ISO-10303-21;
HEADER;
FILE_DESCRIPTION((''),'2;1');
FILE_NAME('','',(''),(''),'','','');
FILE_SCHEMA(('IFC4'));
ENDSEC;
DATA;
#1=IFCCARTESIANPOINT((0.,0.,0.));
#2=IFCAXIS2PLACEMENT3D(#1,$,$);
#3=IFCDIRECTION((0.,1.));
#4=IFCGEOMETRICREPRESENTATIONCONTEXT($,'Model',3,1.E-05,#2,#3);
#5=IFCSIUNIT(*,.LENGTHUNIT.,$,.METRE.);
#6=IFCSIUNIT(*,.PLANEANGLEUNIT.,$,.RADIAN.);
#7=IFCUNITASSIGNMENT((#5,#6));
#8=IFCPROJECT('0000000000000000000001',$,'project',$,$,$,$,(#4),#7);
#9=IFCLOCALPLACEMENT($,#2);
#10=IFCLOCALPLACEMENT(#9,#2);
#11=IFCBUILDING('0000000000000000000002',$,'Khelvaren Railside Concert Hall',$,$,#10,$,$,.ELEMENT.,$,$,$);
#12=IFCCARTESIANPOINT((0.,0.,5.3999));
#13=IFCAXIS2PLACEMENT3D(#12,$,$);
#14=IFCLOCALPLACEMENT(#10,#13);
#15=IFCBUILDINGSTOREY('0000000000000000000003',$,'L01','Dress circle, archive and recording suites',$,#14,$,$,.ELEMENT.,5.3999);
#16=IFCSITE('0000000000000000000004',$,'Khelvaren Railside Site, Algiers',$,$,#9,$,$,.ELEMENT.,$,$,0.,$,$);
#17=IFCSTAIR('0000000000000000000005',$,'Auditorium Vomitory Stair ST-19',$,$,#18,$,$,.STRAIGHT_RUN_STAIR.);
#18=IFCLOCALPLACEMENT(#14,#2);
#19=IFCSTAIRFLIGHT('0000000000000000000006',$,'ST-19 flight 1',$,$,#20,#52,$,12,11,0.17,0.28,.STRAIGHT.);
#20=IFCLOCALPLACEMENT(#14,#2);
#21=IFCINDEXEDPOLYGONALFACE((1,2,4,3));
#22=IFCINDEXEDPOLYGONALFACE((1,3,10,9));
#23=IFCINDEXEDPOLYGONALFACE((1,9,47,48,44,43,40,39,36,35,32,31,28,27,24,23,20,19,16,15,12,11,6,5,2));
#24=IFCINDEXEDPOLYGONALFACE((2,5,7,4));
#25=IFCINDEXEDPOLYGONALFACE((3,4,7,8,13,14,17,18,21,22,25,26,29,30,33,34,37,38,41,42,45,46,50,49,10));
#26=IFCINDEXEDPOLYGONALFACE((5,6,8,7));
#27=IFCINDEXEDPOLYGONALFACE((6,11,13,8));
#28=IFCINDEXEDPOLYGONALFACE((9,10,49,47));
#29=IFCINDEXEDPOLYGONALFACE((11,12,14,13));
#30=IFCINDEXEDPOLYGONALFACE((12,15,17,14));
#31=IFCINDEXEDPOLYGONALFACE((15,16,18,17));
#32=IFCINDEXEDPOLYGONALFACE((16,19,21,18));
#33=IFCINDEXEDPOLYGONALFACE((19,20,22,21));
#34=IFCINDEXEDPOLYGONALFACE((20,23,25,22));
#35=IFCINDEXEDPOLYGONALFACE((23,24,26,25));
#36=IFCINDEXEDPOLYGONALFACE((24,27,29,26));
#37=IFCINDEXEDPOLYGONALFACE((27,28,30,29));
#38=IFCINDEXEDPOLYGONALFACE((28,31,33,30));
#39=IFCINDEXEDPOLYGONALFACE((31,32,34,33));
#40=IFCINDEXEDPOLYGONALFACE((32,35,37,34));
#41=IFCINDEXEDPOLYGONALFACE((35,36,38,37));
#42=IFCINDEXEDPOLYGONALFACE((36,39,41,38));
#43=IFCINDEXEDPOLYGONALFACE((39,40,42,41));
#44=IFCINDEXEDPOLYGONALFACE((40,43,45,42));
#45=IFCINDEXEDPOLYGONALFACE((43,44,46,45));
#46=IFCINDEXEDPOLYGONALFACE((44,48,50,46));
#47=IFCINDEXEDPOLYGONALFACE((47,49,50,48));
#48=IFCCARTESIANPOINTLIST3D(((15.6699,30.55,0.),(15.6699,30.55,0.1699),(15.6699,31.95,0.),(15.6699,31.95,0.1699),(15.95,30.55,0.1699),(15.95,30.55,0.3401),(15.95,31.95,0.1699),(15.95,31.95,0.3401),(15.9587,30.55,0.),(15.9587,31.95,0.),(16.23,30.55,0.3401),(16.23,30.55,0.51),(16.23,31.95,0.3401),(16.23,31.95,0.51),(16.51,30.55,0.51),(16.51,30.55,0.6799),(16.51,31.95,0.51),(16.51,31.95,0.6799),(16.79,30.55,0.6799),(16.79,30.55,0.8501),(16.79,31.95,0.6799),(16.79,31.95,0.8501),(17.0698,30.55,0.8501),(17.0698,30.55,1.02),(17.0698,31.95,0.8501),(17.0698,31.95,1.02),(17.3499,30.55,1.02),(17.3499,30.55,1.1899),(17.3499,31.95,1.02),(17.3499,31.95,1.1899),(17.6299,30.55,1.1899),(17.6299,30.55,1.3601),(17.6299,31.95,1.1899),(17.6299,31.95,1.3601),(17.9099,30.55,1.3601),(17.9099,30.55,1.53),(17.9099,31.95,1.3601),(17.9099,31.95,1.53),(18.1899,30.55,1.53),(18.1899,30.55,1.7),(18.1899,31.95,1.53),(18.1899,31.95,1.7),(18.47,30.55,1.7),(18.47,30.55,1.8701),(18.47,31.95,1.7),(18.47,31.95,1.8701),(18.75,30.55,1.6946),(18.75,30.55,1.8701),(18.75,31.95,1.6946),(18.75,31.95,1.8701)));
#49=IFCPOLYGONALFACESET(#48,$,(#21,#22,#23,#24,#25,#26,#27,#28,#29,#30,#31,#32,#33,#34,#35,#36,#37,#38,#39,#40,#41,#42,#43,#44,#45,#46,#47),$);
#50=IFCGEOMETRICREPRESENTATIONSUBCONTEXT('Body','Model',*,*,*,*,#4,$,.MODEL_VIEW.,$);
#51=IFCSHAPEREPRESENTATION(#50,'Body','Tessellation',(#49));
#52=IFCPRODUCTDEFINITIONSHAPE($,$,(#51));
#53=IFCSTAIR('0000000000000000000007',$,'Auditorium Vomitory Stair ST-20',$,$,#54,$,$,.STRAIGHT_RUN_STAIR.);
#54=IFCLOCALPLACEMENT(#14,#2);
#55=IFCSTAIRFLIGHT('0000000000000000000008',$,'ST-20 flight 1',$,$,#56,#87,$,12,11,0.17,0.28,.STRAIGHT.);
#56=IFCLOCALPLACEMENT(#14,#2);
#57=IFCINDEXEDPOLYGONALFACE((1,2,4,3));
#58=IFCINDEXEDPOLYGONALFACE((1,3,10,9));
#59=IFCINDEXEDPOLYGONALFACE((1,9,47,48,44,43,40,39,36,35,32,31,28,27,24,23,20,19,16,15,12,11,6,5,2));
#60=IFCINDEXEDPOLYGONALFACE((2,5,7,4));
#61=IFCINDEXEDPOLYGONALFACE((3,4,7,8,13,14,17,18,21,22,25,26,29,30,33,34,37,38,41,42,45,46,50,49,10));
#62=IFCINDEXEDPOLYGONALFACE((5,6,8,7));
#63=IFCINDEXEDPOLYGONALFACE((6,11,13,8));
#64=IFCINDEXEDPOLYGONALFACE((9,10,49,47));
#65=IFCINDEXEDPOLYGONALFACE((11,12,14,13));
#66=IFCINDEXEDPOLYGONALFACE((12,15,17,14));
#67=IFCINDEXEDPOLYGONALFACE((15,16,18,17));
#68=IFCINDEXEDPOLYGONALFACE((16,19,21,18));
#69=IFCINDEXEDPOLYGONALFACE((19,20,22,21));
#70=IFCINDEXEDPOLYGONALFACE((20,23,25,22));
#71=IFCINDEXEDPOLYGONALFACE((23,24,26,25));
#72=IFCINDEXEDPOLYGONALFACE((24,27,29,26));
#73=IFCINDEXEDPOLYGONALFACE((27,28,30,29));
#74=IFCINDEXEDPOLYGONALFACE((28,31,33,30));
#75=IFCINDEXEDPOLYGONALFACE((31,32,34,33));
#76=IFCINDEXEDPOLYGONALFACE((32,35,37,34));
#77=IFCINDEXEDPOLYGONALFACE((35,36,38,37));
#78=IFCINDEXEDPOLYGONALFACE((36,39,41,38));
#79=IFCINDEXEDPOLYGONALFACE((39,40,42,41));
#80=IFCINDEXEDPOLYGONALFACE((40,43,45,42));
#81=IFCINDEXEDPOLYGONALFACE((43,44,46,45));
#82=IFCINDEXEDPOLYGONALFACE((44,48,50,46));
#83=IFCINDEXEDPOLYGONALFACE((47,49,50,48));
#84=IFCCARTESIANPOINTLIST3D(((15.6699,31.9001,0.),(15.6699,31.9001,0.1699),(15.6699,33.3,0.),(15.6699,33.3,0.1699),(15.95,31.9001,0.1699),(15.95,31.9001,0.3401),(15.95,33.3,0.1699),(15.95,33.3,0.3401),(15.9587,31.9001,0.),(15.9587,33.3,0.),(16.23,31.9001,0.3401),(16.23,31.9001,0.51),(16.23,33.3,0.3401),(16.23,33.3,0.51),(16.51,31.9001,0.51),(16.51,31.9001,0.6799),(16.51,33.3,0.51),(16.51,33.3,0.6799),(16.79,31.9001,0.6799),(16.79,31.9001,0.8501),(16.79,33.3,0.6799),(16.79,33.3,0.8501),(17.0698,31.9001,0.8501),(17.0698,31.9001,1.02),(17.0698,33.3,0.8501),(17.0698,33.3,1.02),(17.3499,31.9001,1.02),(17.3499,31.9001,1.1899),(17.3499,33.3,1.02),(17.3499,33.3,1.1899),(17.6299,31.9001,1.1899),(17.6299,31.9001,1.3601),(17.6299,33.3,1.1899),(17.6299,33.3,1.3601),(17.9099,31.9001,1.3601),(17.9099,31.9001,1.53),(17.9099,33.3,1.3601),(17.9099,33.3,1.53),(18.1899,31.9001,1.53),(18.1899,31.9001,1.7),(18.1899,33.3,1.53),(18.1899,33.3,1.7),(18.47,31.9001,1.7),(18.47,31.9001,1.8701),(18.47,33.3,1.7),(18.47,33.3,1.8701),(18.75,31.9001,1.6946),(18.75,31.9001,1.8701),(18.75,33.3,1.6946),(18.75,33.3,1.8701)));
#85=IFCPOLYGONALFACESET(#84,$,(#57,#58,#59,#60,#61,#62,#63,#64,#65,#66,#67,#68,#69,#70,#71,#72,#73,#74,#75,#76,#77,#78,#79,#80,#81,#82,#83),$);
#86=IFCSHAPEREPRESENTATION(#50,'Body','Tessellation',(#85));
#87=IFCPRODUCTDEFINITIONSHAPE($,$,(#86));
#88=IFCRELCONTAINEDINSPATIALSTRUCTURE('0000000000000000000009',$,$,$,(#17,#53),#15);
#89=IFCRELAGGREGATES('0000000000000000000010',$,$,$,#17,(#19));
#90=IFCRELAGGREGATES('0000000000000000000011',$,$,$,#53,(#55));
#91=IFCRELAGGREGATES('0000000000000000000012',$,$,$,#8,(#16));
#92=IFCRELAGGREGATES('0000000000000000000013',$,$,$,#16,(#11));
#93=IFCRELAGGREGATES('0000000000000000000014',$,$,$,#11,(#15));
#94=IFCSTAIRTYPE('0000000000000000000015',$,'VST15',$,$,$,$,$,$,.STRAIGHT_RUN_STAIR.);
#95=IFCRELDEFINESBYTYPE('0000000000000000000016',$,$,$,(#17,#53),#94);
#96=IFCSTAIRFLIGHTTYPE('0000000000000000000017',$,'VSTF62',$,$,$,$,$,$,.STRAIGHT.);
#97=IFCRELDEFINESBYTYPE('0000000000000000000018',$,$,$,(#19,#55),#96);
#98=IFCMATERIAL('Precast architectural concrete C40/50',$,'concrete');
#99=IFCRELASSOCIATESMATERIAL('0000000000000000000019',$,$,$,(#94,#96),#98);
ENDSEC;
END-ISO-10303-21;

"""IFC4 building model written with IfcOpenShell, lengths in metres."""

from ifc_helpers import new_model, si_unit, direction, frame, origin, place, context, subcontext, project, spatial, polyline, outline, extrude, material, type_object, element, aggregate, save


model = new_model("IFC4")

# Units and contexts
model_context = context("Model", 3, precision=1e-05, world=origin(), true_north=direction((0.0, 1.0)))
body_context = subcontext(model_context, "Body", "Model", "MODEL_VIEW")
ifc_project = project(units=[si_unit("LENGTHUNIT", "METRE"), si_unit("PLANEANGLEUNIT", "RADIAN")], contexts=[model_context])

# Site, building, storey
site_placement = place(None, origin())
site = spatial("IfcSite", under=ifc_project, at=site_placement, Name="Khelvaren Railside Site, Algiers", CompositionType="ELEMENT", RefElevation=0.0)
building_placement = place(site_placement, origin())
building = spatial("IfcBuilding", under=site, at=building_placement, Name="Khelvaren Railside Concert Hall", CompositionType="ELEMENT")
storey_placement = place(building_placement, frame((0.0, 0.0, 5.3999)))
storey = spatial("IfcBuildingStorey", under=building, at=storey_placement, Name="L01", Description="Dress circle, archive and recording suites", CompositionType="ELEMENT", Elevation=5.3999)

# Stairs, stair flights
ifc_material_1 = material(Name="Precast architectural concrete C40/50", Category="concrete")
stair_type = type_object("IfcStairType", Name="VST15", PredefinedType="STRAIGHT_RUN_STAIR", material=ifc_material_1)
stair_1_placement = place(storey_placement, origin())
stair_1 = element("IfcStair", 1, at=stair_1_placement, inside=storey, type_object=stair_type, Name="Auditorium Vomitory Stair ST-19", PredefinedType="STRAIGHT_RUN_STAIR")
stair_flight_type = type_object("IfcStairFlightType", Name="VSTF62", PredefinedType="STRAIGHT", material=ifc_material_1)
stair_flight_1_placement = place(storey_placement, frame((15.6699, 31.25, 0.0), z_axis=(0.0, 0.0, 1.0), x_axis=(1.0, 0.0, 0.0)))
stair_flight_1 = element("IfcStairFlight", 2, at=stair_flight_1_placement, type_object=stair_flight_type, Name="ST-19 flight 1", NumberOfRisers=12, NumberOfTreads=11, PredefinedType="STRAIGHT", RiserHeight=0.17, TreadLength=0.28, context=body_context, shape_type="SweptSolid", body=[
    extrude(outline(polyline([(0.0, 0.0), (0.0, 0.1699), (0.28, 0.1699), (0.28, 0.3401), (0.5601, 0.3401), (0.5601, 0.51), (0.8401, 0.51), (0.8401, 0.6799), (1.1201, 0.6799), (1.1201, 0.8501), (1.3999, 0.8501), (1.3999, 1.02), (1.6799, 1.02), (1.6799, 1.1899), (1.96, 1.1899), (1.96, 1.3601), (2.24, 1.3601), (2.24, 1.53), (2.52, 1.53), (2.52, 1.7), (2.8, 1.7), (2.8, 1.8701), (3.0801, 1.8701), (3.0801, 2.04), (3.0801, 1.6946), (0.2888, 0.0), (0.0, 0.0)])), frame((0.0, 0.7, 0.0), z_axis=(0.0, -1.0, 0.0), x_axis=(1.0, 0.0, 0.0)), (0.0, 0.0, 1.0), 1.3999),
])
aggregate(stair_1, [stair_flight_1])
stair_2_placement = place(storey_placement, origin())
stair_2 = element("IfcStair", 3, at=stair_2_placement, inside=storey, type_object=stair_type, Name="Auditorium Vomitory Stair ST-20", PredefinedType="STRAIGHT_RUN_STAIR")
stair_flight_2_placement = place(storey_placement, frame((15.6699, 32.6001, 0.0), z_axis=(0.0, 0.0, 1.0), x_axis=(1.0, 0.0, 0.0)))
stair_flight_2 = element("IfcStairFlight", 4, at=stair_flight_2_placement, type_object=stair_flight_type, Name="ST-20 flight 1", NumberOfRisers=12, NumberOfTreads=11, PredefinedType="STRAIGHT", RiserHeight=0.17, TreadLength=0.28, context=body_context, shape_type="SweptSolid", body=[
    extrude(outline(polyline([(0.0, 0.0), (0.0, 0.1699), (0.28, 0.1699), (0.28, 0.3401), (0.5601, 0.3401), (0.5601, 0.51), (0.8401, 0.51), (0.8401, 0.6799), (1.1201, 0.6799), (1.1201, 0.8501), (1.3999, 0.8501), (1.3999, 1.02), (1.6799, 1.02), (1.6799, 1.1899), (1.96, 1.1899), (1.96, 1.3601), (2.24, 1.3601), (2.24, 1.53), (2.52, 1.53), (2.52, 1.7), (2.8, 1.7), (2.8, 1.8701), (3.0801, 1.8701), (3.0801, 2.04), (3.0801, 1.6946), (0.2888, 0.0), (0.0, 0.0)])), frame((0.0, 0.7, 0.0), z_axis=(0.0, -1.0, 0.0), x_axis=(1.0, 0.0, 0.0)), (0.0, 0.0, 1.0), 1.3999),
])
aggregate(stair_2, [stair_flight_2])

save(model, "model.ifc")
